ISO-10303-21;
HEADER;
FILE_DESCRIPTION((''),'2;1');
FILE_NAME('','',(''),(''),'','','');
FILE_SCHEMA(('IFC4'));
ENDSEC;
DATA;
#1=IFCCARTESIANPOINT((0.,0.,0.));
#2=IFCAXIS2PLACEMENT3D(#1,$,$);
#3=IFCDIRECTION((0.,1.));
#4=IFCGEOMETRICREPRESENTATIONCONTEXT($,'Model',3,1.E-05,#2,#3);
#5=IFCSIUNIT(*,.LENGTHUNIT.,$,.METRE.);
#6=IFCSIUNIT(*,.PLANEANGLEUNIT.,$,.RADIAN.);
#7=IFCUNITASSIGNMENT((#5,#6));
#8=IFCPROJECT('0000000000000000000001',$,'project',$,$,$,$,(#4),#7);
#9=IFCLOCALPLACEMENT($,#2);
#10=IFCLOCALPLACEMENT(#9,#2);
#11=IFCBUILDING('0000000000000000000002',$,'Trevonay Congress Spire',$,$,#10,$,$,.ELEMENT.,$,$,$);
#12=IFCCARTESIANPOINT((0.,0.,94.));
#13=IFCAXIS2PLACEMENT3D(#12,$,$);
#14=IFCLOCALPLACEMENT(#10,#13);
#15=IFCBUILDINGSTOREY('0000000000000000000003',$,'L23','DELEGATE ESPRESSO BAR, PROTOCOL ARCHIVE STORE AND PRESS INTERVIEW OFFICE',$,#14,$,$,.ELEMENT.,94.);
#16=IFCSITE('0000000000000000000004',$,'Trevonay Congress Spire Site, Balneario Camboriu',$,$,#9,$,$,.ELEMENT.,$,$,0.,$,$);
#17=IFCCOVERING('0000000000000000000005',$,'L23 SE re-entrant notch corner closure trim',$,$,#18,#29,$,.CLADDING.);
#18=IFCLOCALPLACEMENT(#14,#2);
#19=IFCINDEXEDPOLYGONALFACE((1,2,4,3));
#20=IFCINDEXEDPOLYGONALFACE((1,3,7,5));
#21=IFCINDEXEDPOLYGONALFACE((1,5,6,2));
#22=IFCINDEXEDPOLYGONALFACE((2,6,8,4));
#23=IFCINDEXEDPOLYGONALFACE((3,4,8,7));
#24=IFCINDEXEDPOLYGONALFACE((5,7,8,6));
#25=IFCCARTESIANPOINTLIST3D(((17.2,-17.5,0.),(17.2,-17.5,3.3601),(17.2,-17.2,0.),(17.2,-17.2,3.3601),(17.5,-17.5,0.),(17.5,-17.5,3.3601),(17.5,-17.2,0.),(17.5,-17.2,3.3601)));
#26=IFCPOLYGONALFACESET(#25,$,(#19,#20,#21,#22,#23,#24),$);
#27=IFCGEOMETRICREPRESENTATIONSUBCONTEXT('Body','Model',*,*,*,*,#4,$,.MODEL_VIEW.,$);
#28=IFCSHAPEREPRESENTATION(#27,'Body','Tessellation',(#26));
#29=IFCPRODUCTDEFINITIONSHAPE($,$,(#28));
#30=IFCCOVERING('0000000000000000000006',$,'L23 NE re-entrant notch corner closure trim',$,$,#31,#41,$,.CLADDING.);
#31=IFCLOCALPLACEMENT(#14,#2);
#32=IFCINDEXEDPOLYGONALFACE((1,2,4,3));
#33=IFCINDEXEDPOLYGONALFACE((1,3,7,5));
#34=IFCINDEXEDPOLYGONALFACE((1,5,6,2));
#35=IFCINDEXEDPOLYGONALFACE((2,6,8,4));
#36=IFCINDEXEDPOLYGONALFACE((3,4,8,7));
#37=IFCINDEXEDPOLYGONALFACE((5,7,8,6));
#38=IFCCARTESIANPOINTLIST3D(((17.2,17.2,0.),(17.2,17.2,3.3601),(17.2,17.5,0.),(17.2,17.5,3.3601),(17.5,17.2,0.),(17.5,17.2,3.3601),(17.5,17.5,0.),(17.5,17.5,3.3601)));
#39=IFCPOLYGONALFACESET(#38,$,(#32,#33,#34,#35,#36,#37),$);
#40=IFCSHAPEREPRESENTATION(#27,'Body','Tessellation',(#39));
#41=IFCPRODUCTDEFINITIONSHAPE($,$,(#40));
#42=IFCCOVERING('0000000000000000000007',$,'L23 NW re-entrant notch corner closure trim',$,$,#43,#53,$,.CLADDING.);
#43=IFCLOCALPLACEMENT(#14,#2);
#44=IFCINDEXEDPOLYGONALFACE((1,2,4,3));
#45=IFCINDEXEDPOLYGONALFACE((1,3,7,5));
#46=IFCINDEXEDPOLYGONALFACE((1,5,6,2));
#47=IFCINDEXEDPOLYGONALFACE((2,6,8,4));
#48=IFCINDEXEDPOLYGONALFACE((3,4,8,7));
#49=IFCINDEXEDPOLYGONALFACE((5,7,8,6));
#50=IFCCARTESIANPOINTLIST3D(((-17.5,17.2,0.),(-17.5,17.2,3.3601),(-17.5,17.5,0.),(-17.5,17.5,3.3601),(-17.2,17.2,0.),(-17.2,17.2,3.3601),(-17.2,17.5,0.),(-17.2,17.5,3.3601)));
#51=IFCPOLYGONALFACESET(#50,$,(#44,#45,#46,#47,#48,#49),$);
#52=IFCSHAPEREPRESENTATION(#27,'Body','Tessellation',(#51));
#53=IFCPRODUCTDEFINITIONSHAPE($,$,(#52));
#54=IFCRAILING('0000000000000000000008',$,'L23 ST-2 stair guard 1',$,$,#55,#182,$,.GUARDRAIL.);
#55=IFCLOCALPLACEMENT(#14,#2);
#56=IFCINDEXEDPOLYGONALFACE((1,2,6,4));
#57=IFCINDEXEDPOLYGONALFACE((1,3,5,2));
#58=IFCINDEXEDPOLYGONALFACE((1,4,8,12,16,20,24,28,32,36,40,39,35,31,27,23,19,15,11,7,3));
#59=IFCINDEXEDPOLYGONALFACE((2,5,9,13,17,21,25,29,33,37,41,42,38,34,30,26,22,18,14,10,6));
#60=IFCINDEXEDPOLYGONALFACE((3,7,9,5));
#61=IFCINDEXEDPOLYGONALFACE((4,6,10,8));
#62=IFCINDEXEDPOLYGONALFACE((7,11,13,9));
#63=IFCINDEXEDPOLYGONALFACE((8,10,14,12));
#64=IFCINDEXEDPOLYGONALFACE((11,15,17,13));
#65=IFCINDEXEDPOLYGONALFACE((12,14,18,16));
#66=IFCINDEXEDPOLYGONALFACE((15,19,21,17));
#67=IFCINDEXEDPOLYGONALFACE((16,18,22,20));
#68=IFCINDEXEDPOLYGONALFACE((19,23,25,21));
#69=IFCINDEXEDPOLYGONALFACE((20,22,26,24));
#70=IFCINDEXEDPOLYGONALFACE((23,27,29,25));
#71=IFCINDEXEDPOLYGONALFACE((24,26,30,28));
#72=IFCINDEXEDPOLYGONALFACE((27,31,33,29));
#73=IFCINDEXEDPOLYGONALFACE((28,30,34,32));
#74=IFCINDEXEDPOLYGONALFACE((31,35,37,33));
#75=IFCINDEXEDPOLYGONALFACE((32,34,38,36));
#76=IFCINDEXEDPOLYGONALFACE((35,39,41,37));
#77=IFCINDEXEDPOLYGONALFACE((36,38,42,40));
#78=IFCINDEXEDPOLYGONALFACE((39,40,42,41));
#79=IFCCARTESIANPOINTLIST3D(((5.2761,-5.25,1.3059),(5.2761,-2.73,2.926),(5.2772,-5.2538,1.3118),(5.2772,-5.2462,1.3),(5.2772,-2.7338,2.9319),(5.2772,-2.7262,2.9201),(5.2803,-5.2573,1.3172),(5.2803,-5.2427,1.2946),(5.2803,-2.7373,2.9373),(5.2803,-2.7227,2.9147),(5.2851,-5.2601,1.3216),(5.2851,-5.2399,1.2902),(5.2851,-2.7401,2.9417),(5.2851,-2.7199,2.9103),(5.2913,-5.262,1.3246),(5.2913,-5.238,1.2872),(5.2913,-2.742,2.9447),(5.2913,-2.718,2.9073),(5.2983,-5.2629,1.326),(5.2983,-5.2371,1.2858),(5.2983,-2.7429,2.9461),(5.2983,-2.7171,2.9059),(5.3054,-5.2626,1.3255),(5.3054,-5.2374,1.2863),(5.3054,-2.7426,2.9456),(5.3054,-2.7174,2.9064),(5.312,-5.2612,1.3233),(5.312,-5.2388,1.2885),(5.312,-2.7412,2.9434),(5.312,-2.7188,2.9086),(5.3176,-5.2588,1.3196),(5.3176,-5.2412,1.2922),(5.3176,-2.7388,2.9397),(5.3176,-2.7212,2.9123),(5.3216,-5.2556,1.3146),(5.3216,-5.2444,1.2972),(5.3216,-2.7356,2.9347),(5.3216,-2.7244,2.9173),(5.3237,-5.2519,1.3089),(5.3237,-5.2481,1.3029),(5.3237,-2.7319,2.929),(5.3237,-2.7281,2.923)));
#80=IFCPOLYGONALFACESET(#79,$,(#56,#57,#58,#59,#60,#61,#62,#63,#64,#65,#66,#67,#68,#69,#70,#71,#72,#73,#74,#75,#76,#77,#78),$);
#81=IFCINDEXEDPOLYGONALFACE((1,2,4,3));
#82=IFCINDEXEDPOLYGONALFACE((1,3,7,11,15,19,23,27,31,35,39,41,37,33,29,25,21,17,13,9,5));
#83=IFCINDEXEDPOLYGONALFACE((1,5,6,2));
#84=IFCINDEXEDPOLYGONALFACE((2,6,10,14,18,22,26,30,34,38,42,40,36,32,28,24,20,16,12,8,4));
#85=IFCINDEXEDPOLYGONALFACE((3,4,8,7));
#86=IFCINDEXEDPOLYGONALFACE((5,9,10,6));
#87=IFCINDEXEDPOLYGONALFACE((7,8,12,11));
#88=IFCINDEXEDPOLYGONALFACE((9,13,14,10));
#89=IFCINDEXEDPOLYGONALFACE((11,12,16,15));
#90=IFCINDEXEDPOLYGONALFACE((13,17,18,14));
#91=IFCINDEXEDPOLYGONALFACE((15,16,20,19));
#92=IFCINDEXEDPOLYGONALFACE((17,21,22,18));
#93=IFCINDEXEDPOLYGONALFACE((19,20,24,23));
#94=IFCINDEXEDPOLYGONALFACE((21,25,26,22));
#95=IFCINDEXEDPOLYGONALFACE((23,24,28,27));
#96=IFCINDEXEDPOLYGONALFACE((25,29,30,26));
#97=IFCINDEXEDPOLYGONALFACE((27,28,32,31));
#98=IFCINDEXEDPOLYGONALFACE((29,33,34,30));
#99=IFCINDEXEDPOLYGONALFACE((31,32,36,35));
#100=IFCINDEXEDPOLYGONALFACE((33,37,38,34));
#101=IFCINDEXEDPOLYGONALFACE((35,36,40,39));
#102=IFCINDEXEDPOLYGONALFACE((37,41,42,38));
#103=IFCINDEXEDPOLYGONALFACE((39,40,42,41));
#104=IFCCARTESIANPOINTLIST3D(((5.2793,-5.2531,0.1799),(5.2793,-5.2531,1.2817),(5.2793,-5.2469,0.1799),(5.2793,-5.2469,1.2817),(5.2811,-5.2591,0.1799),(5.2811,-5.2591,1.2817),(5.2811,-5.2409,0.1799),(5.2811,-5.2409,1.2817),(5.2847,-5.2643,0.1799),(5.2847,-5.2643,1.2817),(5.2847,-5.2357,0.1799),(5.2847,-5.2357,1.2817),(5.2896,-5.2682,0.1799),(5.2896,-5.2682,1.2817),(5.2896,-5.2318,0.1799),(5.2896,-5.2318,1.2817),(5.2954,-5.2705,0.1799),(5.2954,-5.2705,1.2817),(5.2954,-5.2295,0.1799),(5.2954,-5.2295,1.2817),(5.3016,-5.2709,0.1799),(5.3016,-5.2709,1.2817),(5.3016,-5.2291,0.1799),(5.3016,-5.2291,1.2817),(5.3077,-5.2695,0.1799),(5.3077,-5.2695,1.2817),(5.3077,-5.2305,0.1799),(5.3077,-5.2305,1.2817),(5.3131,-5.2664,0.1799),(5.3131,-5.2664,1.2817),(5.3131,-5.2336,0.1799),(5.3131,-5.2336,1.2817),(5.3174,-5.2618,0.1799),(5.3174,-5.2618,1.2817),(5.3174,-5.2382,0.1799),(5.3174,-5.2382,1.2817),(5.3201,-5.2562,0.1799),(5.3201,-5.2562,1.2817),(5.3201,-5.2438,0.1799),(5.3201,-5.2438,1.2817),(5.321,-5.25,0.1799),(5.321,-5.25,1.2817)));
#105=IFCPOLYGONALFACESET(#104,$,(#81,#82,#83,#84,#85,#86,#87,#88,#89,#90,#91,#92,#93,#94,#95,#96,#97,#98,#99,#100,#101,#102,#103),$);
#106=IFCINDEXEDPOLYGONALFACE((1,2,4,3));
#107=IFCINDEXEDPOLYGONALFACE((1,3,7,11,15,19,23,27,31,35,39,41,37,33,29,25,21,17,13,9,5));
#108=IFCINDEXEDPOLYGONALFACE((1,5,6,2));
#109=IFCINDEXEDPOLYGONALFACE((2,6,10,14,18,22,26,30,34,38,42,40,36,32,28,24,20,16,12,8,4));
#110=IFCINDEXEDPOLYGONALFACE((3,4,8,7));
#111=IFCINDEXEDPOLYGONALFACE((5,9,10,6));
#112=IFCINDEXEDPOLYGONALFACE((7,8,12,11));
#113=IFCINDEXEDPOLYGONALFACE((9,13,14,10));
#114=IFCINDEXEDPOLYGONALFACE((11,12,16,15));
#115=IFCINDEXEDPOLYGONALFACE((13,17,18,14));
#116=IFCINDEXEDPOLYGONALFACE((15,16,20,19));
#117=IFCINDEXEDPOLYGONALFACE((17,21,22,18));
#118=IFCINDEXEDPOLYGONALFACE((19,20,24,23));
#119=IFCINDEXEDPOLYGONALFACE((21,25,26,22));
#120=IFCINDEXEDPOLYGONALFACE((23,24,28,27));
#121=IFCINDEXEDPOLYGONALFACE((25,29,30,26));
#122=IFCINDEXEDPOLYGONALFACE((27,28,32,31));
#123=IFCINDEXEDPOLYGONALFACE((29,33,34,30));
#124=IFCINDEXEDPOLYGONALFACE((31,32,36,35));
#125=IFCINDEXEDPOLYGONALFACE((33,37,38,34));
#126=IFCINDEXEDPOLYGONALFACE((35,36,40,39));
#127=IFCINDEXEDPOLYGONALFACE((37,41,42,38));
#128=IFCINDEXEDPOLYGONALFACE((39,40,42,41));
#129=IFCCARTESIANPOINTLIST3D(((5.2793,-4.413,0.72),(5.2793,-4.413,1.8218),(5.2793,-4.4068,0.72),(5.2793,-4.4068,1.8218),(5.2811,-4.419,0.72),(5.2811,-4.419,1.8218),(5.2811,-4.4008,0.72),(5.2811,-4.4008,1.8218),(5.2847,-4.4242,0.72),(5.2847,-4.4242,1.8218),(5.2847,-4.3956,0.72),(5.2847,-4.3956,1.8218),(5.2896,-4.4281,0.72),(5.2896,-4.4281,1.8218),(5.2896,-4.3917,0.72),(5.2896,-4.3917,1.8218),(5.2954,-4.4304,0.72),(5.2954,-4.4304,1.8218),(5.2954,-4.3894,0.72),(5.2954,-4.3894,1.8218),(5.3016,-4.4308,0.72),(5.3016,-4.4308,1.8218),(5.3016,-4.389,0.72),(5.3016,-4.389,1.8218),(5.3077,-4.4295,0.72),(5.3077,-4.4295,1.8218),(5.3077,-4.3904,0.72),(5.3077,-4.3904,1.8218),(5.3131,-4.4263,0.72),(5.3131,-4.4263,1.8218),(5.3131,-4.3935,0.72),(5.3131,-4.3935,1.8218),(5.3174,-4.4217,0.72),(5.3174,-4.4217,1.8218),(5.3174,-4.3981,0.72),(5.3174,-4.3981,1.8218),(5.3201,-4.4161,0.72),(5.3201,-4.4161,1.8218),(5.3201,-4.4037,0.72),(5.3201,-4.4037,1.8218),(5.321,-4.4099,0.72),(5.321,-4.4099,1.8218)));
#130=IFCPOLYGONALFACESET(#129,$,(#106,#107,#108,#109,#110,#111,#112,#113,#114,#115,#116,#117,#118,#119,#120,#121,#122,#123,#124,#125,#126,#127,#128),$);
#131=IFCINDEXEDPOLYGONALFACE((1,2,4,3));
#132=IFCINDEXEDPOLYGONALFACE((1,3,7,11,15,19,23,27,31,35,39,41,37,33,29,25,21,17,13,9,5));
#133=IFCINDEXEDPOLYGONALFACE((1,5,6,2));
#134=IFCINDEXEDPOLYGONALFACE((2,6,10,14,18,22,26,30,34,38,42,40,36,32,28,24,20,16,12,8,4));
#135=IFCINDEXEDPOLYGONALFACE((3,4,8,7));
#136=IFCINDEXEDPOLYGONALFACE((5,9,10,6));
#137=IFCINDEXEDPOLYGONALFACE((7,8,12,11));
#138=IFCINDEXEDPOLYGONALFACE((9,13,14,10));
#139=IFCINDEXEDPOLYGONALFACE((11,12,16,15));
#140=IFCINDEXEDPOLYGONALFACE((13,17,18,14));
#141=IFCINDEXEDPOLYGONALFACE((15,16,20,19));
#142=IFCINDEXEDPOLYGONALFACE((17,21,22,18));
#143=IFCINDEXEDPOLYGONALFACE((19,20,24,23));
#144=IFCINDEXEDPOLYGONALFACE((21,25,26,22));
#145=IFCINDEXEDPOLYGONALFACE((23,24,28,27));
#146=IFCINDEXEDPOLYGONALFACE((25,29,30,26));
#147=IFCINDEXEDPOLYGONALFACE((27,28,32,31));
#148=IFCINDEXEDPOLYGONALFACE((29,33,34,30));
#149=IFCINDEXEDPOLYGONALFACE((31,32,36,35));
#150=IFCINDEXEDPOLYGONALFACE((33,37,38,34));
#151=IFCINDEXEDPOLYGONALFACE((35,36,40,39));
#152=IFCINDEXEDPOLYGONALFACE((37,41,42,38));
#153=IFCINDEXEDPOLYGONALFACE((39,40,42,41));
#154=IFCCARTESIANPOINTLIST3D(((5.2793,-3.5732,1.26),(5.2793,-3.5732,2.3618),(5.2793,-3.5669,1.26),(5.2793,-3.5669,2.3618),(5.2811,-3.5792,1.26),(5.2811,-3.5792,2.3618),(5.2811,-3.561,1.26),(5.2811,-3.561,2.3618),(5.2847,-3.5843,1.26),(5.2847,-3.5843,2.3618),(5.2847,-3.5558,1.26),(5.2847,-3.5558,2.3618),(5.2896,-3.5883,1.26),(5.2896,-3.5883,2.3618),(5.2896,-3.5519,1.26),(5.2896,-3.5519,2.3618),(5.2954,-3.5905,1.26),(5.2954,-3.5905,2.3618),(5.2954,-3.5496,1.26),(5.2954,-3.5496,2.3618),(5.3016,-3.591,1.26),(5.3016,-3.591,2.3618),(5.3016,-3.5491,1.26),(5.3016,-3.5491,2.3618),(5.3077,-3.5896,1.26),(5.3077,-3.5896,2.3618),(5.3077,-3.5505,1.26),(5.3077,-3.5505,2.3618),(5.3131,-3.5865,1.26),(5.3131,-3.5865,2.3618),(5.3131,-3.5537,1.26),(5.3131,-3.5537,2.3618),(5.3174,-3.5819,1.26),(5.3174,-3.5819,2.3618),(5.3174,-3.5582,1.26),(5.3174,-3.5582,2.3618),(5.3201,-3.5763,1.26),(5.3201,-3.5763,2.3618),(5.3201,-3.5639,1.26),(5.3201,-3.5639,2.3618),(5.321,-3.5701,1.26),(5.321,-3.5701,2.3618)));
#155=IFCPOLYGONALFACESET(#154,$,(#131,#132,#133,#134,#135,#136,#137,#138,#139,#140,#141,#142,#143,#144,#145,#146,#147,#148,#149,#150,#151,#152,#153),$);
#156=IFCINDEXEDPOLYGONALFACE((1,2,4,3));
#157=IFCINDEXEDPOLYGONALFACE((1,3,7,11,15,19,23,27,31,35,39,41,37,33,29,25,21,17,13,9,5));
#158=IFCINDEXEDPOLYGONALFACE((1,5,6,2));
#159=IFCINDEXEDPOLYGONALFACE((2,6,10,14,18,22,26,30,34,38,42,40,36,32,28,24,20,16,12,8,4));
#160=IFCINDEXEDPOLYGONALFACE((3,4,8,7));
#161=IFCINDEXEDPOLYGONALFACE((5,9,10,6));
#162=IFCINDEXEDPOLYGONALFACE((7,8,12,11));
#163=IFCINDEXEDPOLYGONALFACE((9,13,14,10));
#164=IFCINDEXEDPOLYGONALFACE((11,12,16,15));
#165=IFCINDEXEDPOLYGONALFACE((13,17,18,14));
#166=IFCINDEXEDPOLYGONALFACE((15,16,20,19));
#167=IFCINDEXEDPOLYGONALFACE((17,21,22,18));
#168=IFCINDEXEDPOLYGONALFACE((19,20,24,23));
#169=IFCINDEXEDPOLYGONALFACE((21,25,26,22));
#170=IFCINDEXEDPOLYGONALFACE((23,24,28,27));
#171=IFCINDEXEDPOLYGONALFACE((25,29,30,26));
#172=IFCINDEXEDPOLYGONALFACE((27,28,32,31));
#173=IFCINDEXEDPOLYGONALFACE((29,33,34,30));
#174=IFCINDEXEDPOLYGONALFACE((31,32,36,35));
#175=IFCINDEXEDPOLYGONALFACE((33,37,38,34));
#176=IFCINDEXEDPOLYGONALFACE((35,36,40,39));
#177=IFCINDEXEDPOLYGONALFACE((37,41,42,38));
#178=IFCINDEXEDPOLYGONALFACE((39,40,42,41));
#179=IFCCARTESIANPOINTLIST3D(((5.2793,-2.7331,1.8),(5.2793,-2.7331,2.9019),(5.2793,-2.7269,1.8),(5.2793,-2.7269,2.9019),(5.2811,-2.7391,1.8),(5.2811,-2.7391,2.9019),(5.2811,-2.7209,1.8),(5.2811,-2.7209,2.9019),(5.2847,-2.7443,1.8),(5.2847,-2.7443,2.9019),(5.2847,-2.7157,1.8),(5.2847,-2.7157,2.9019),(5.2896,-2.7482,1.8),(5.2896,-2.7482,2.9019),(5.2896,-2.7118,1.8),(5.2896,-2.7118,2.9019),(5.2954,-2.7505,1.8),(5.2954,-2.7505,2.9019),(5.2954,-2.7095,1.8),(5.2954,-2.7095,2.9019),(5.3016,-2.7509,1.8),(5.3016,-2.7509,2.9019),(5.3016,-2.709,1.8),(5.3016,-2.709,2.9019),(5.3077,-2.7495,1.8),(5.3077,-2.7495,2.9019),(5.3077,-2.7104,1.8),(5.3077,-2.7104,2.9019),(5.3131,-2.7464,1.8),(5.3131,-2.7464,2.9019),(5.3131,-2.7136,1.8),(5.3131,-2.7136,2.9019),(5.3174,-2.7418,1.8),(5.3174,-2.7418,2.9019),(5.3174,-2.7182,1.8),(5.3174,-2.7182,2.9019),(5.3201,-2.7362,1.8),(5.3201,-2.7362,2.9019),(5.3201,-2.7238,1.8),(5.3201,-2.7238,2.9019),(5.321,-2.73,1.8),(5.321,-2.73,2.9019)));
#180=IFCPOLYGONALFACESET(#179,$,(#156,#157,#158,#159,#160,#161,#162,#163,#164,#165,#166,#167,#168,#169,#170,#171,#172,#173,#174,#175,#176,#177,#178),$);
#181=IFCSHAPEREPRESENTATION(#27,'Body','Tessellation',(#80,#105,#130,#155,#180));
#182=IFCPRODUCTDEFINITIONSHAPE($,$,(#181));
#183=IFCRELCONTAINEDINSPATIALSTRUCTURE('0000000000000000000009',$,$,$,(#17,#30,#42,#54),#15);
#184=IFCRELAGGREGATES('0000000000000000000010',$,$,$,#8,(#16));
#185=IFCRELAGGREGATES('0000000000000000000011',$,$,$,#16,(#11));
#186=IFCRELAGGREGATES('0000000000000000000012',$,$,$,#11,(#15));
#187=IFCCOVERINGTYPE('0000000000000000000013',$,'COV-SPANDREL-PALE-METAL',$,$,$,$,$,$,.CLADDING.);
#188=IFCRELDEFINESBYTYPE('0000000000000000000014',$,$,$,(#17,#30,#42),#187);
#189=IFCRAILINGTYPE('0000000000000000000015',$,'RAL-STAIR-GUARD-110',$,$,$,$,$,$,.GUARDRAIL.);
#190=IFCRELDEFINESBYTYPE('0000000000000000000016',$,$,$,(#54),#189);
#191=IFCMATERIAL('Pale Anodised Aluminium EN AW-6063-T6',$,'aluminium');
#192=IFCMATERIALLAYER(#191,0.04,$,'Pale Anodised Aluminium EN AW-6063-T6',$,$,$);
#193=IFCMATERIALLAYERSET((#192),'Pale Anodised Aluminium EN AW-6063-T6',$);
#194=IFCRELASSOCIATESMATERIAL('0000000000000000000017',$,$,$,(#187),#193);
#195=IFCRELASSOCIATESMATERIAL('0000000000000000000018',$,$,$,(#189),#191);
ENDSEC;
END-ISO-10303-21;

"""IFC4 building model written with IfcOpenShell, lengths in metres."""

from ifc_helpers import new_model, si_unit, direction, frame, origin, origin_2d, place, context, subcontext, project, spatial, polyline, circle, outline, extrude, material, layer, layer_set, type_object, element, save


model = new_model("IFC4")

# Units and contexts
model_context = context("Model", 3, precision=1e-05, world=origin(), true_north=direction((0.0, 1.0)))
body_context = subcontext(model_context, "Body", "Model", "MODEL_VIEW")
ifc_project = project(units=[si_unit("LENGTHUNIT", "METRE"), si_unit("PLANEANGLEUNIT", "RADIAN")], contexts=[model_context])

# Site, building, storey
site_placement = place(None, origin())
site = spatial("IfcSite", under=ifc_project, at=site_placement, Name="Trevonay Congress Spire Site, Balneario Camboriu", CompositionType="ELEMENT", RefElevation=0.0)
building_placement = place(site_placement, origin())
building = spatial("IfcBuilding", under=site, at=building_placement, Name="Trevonay Congress Spire", CompositionType="ELEMENT")
storey_placement = place(building_placement, frame((0.0, 0.0, 94.0)))
storey = spatial("IfcBuildingStorey", under=building, at=storey_placement, Name="L23", Description="DELEGATE ESPRESSO BAR, PROTOCOL ARCHIVE STORE AND PRESS INTERVIEW OFFICE", CompositionType="ELEMENT", Elevation=94.0)

# Coverings
ifc_material_1 = material(Name="Pale Anodised Aluminium EN AW-6063-T6", Category="aluminium")
ifc_layer_1 = layer(ifc_material_1, 0.04, Name="Pale Anodised Aluminium EN AW-6063-T6")
ifc_layer_set_1 = layer_set([ifc_layer_1], Name="Pale Anodised Aluminium EN AW-6063-T6")
covering_type_1 = type_object("IfcCoveringType", Name="COV-SPANDREL-PALE-METAL", PredefinedType="CLADDING", material=ifc_layer_set_1)
covering_1_placement = place(storey_placement, origin())
element("IfcCovering", 1, at=covering_1_placement, inside=storey, type_object=covering_type_1, Name="L23 SE re-entrant notch corner closure trim", PredefinedType="CLADDING", context=body_context, shape_type="SweptSolid", body=[
    extrude(outline(polyline([(17.2, -17.5), (17.5, -17.5), (17.5, -17.2), (17.2, -17.2), (17.2, -17.5)])), origin(), (0.0, 0.0, 1.0), 3.3601),
])
covering_2_placement = place(storey_placement, origin())
element("IfcCovering", 2, at=covering_2_placement, inside=storey, type_object=covering_type_1, Name="L23 NE re-entrant notch corner closure trim", PredefinedType="CLADDING", context=body_context, shape_type="SweptSolid", body=[
    extrude(outline(polyline([(17.2, 17.2), (17.5, 17.2), (17.5, 17.5), (17.2, 17.5), (17.2, 17.2)])), origin(), (0.0, 0.0, 1.0), 3.3601),
])
covering_3_placement = place(storey_placement, origin())
element("IfcCovering", 3, at=covering_3_placement, inside=storey, type_object=covering_type_1, Name="L23 NW re-entrant notch corner closure trim", PredefinedType="CLADDING", context=body_context, shape_type="SweptSolid", body=[
    extrude(outline(polyline([(-17.5, 17.2), (-17.2, 17.2), (-17.2, 17.5), (-17.5, 17.5), (-17.5, 17.2)])), origin(), (0.0, 0.0, 1.0), 3.3601),
])

# Railing
railing_type_1 = type_object("IfcRailingType", Name="RAL-STAIR-GUARD-110", PredefinedType="GUARDRAIL", material=ifc_material_1)
railing_1_placement = place(storey_placement, frame((5.3, -5.25, 0.1799)))
element("IfcRailing", 4, at=railing_1_placement, inside=storey, type_object=railing_type_1, Name="L23 ST-2 stair guard 1", PredefinedType="GUARDRAIL", context=body_context, shape_type="SweptSolid", body=[
    extrude(circle(Radius=0.0239, at=origin_2d()), frame((0.0, 0.0, 1.126), z_axis=(0.0, 0.841163, 0.540782), x_axis=(-1.0, 0.0, 0.0)), (0.0, 0.0, 1.0), 2.9958),
    extrude(circle(Radius=0.021, at=origin_2d()), origin(), (0.0, 0.0, 1.0), 1.1018),
    extrude(circle(Radius=0.021, at=origin_2d()), frame((0.0, 0.8401, 0.54)), (0.0, 0.0, 1.0), 1.1018),
    extrude(circle(Radius=0.021, at=origin_2d()), frame((0.0, 1.6799, 1.0801)), (0.0, 0.0, 1.0), 1.1018),
    extrude(circle(Radius=0.021, at=origin_2d()), frame((0.0, 2.52, 1.6201)), (0.0, 0.0, 1.0), 1.1018),
])

save(model, "model.ifc")
